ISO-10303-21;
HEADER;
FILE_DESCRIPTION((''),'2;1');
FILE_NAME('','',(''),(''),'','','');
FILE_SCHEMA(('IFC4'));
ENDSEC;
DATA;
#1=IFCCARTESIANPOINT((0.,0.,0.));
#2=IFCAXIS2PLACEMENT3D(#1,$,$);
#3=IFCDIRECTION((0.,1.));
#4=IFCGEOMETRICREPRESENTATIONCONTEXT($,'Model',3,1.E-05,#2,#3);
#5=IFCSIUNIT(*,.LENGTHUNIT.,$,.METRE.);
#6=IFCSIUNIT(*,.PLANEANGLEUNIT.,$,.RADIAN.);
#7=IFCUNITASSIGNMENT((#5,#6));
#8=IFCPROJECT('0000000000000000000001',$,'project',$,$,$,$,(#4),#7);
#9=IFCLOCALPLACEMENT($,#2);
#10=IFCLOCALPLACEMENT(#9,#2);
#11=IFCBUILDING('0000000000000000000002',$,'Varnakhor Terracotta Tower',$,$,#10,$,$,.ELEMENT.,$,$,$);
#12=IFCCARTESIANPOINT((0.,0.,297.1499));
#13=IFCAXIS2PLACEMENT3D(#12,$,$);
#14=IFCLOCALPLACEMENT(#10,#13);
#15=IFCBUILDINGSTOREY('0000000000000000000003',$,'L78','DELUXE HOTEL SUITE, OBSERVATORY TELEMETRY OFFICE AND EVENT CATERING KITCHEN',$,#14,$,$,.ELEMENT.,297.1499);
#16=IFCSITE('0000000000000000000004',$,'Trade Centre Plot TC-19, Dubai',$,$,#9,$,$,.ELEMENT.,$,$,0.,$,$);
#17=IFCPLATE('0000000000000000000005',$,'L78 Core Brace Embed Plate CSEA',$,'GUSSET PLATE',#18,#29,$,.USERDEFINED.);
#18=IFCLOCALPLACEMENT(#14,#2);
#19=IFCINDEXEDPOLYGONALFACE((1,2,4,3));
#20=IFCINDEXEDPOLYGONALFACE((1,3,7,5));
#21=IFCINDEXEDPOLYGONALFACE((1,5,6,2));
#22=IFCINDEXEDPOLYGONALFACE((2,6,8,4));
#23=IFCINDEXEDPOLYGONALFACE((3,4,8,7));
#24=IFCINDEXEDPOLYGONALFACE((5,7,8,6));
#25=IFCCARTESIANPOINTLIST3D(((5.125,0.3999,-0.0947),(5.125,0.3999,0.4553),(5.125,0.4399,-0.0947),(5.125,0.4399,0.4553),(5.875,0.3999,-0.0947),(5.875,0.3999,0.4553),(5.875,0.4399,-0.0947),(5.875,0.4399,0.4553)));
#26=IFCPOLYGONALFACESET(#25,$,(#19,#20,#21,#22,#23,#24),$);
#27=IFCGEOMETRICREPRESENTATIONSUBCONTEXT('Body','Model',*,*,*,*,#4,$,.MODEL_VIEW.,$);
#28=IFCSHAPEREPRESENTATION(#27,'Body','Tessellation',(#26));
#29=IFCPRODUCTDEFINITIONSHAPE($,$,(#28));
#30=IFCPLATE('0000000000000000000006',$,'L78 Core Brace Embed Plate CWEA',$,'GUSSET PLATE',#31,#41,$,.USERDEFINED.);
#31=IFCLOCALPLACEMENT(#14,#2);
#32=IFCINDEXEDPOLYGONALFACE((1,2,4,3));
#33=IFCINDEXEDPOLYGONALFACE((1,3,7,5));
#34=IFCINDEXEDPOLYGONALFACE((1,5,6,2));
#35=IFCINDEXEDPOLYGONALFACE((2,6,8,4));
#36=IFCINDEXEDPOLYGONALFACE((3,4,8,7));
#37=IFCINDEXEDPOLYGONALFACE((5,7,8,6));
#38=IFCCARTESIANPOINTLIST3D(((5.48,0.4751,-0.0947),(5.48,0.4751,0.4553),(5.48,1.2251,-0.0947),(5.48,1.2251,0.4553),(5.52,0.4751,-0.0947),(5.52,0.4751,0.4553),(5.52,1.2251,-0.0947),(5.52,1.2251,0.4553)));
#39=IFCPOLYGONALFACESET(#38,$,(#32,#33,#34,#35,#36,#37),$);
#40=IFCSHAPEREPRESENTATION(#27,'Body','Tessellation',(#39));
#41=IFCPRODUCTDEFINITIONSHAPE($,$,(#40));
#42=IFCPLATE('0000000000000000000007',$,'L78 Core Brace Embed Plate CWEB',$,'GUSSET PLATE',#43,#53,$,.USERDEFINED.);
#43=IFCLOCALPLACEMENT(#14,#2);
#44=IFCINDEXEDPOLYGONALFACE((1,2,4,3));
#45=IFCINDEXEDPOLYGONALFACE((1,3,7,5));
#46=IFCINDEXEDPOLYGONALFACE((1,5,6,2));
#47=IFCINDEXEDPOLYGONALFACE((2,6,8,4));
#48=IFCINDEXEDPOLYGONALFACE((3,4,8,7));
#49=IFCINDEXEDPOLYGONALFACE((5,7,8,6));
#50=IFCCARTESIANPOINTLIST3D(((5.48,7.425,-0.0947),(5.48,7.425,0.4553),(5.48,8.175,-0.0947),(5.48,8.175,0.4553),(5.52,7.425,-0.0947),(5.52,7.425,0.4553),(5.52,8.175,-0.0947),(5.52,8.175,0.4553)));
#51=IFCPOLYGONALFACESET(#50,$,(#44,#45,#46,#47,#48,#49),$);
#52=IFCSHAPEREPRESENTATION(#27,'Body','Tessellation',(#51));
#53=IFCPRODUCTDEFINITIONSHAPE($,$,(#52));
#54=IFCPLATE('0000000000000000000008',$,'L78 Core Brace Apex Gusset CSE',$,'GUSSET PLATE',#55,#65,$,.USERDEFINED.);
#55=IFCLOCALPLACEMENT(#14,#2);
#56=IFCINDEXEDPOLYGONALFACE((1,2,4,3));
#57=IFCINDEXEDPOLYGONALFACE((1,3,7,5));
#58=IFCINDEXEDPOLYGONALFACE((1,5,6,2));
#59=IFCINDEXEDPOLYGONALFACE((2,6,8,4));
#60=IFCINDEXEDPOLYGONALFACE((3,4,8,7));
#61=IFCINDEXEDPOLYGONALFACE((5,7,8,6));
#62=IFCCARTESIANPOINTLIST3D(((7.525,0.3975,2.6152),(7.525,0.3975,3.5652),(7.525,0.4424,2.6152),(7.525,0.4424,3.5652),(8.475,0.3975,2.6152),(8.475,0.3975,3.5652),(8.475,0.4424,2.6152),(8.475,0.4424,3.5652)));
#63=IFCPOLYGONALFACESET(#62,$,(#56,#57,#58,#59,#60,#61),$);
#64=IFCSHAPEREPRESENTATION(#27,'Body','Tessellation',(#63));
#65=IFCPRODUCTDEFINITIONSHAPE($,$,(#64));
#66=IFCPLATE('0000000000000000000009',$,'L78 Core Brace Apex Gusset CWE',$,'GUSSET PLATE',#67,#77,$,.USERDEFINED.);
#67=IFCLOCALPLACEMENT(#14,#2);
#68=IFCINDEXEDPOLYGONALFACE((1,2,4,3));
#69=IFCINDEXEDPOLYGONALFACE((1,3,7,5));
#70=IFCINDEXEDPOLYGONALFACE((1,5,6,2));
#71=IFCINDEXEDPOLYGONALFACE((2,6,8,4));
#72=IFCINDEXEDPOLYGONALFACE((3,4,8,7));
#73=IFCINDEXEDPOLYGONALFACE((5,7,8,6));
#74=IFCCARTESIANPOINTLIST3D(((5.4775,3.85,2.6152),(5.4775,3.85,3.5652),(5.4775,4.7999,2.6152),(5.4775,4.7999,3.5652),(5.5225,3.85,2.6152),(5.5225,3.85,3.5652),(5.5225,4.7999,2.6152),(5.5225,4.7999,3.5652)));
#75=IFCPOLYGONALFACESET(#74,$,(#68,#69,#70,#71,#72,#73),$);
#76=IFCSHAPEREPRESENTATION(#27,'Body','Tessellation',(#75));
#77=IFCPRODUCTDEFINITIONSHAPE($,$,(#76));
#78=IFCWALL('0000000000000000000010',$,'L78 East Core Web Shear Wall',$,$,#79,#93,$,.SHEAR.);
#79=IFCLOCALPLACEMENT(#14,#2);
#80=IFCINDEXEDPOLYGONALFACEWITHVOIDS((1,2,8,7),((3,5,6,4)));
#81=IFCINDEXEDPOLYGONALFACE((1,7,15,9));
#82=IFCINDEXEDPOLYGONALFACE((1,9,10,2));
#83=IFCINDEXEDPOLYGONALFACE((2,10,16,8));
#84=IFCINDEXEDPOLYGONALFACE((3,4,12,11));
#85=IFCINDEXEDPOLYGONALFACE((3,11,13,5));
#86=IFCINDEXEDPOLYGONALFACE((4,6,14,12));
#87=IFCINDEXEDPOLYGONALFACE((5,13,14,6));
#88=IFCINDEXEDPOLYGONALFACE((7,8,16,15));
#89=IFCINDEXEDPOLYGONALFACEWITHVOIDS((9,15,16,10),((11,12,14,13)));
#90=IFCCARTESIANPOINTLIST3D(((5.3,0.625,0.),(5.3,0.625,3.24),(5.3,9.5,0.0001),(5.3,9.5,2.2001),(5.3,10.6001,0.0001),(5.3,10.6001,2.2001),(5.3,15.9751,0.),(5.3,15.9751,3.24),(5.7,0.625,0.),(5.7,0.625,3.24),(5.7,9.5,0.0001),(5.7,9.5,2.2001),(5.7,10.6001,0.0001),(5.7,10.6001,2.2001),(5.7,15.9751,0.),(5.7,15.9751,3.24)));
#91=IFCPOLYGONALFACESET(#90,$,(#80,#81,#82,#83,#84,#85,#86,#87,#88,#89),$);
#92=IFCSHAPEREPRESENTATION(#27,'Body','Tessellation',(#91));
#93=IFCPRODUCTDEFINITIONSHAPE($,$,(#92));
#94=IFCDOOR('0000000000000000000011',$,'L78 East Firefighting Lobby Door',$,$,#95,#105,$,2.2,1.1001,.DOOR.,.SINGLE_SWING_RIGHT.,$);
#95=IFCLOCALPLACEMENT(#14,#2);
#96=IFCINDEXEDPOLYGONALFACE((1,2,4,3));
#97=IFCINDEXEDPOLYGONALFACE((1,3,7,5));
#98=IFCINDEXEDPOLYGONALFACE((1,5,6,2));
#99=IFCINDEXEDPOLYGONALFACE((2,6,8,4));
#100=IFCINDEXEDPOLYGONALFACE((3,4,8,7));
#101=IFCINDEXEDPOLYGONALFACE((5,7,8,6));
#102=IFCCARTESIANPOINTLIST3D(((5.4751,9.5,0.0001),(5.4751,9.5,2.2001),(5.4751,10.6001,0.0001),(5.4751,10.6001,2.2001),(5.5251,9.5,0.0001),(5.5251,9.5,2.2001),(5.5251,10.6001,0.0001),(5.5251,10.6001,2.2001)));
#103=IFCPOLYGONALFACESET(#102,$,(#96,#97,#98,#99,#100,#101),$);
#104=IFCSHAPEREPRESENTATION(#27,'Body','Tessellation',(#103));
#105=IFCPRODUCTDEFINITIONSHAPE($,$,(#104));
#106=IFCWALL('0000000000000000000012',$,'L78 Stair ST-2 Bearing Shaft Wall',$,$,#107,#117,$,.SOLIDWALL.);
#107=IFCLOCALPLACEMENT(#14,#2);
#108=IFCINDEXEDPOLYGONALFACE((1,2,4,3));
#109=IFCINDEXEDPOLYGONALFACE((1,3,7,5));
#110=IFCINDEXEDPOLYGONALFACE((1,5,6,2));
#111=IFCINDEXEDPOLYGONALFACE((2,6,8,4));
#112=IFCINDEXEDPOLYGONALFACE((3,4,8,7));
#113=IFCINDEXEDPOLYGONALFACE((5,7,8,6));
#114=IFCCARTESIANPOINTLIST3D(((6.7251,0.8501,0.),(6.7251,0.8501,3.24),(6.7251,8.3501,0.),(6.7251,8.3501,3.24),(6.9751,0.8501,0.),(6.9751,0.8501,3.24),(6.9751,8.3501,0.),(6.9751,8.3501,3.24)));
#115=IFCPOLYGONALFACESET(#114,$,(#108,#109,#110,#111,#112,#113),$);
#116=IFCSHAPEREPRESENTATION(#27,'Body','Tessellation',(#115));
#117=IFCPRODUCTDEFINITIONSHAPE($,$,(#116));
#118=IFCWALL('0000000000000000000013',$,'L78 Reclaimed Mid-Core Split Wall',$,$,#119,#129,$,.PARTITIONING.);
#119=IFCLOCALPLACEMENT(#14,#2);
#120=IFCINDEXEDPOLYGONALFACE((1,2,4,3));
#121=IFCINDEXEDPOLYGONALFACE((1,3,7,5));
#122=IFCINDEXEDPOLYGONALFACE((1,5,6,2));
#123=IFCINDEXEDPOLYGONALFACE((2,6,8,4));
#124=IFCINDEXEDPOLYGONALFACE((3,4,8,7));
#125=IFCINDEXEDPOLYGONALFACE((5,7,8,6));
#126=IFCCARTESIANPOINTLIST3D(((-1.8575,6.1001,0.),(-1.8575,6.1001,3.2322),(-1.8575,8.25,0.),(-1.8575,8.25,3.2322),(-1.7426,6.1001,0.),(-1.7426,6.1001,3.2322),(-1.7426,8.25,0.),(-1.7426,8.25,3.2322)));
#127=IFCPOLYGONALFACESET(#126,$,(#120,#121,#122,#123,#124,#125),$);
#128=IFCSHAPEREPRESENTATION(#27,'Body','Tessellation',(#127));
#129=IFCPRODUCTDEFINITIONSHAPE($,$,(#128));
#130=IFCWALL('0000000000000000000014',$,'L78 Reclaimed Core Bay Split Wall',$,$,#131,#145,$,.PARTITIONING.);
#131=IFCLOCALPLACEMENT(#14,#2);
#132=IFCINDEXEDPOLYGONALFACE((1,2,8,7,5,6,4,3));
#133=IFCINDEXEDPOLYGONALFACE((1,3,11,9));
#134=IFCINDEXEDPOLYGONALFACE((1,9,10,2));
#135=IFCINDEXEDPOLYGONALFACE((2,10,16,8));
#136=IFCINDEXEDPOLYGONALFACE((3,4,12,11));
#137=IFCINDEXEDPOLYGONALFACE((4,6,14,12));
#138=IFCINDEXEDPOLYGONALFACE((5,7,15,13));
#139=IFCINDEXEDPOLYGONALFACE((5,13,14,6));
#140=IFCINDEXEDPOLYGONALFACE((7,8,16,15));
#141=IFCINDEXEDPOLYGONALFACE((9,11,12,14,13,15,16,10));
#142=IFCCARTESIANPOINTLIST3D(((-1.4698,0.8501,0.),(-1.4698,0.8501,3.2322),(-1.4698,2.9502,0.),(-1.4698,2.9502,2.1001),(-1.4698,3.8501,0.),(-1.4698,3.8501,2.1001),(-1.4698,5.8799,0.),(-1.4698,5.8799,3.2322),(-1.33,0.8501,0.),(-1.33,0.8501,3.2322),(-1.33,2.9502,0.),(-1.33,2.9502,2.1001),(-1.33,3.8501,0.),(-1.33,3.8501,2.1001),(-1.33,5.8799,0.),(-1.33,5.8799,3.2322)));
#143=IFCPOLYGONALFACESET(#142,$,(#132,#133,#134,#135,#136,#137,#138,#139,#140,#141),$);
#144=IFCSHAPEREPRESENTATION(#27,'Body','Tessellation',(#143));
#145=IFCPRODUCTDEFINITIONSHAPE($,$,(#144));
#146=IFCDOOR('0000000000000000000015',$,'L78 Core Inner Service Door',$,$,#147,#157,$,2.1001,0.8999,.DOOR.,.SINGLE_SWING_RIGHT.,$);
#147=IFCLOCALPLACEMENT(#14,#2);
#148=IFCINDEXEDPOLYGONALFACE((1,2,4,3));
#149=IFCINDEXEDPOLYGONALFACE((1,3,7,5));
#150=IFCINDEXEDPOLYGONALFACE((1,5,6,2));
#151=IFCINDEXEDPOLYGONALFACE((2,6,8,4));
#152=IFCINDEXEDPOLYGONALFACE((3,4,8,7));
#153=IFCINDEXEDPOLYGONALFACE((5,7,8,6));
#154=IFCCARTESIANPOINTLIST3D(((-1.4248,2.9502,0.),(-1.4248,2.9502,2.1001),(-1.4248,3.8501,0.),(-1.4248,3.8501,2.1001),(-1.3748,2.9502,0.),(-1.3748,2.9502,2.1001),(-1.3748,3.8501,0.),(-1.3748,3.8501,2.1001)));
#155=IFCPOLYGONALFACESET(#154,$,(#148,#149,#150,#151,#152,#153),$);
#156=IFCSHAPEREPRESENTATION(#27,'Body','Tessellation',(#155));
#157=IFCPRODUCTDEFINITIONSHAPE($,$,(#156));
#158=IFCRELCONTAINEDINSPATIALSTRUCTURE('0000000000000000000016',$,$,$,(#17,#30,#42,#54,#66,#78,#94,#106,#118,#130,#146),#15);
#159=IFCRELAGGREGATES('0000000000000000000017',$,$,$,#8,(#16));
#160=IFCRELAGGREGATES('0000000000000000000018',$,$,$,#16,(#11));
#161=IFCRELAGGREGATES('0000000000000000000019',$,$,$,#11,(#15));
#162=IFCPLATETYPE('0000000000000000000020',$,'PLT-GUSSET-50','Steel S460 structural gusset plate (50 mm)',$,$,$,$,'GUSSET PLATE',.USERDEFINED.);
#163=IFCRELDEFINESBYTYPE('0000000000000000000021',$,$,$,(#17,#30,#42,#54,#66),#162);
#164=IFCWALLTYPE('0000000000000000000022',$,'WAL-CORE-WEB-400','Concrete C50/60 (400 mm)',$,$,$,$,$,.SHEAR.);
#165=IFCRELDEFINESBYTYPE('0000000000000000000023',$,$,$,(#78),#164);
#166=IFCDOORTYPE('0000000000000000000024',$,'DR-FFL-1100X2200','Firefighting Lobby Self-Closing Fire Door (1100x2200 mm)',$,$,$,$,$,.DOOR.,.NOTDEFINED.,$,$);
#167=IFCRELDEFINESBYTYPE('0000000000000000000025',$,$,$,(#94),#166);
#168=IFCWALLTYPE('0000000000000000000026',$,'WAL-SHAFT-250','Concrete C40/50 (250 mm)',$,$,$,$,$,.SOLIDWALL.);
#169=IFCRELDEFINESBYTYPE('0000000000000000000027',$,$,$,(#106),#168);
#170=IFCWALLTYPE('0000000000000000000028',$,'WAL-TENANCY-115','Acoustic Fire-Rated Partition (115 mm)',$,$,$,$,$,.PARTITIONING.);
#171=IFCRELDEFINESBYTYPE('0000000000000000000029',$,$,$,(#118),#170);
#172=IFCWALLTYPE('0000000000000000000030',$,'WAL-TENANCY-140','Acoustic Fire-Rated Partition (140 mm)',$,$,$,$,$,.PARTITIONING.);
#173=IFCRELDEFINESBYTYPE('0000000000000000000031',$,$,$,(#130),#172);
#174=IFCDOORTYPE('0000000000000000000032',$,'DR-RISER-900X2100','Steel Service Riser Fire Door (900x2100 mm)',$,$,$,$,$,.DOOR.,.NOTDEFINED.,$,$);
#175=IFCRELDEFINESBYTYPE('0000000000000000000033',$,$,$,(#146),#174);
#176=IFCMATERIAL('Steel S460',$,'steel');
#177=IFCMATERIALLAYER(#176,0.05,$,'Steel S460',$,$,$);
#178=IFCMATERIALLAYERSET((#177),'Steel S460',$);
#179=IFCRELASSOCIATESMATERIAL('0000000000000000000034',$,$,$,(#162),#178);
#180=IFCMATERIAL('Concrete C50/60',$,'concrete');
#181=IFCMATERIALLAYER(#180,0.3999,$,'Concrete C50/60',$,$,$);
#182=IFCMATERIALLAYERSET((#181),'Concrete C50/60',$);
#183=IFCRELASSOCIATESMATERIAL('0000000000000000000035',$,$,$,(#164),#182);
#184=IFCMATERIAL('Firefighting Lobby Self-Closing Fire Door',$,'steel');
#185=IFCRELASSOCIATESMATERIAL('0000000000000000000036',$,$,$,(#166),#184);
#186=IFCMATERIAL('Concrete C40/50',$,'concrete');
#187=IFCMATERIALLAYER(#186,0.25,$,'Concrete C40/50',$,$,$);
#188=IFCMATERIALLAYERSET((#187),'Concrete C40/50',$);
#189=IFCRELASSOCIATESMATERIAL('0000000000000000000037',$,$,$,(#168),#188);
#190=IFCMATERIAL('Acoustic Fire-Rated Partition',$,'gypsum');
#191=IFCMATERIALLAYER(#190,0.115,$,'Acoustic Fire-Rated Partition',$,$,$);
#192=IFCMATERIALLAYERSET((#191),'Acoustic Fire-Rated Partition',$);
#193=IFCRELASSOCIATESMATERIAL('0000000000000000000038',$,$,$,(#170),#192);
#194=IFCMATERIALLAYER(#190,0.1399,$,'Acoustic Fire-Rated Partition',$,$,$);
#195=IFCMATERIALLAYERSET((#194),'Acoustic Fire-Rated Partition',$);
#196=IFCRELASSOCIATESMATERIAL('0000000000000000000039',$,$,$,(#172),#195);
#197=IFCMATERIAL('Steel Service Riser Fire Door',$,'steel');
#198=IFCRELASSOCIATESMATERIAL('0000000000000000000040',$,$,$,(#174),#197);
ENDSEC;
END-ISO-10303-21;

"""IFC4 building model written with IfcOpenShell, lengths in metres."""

from ifc_helpers import new_model, si_unit, direction, frame, frame_2d, origin, origin_2d, place, context, subcontext, project, spatial, rectangle, extrude, source, transform, mapped, material, layer, layer_set, type_object, type_shapes, element, fill, save


model = new_model("IFC4")

# Units and contexts
model_context = context("Model", 3, precision=1e-05, world=origin(), true_north=direction((0.0, 1.0)))
body_context = subcontext(model_context, "Body", "Model", "MODEL_VIEW")
ifc_project = project(units=[si_unit("LENGTHUNIT", "METRE"), si_unit("PLANEANGLEUNIT", "RADIAN")], contexts=[model_context])

# Site, building, storey
site_placement = place(None, origin())
site = spatial("IfcSite", under=ifc_project, at=site_placement, Name="Trade Centre Plot TC-19, Dubai", CompositionType="ELEMENT", RefElevation=0.0)
building_placement = place(site_placement, origin())
building = spatial("IfcBuilding", under=site, at=building_placement, Name="Varnakhor Terracotta Tower", CompositionType="ELEMENT")
storey_placement = place(building_placement, frame((0.0, 0.0, 297.1499)))
storey = spatial("IfcBuildingStorey", under=building, at=storey_placement, Name="L78", Description="DELUXE HOTEL SUITE, OBSERVATORY TELEMETRY OFFICE AND EVENT CATERING KITCHEN", CompositionType="ELEMENT", Elevation=297.1499)

# Shared definitions
ifc_material_1 = material(Name="Concrete C50/60", Category="concrete")

# Shared definitions
ifc_material_2 = material(Name="Concrete C40/50", Category="concrete")

# Plates
ifc_material_3 = material(Name="Steel S460", Category="steel")
ifc_layer_1 = layer(ifc_material_3, 0.05, Name="Steel S460")
ifc_layer_set_1 = layer_set([ifc_layer_1], Name="Steel S460")
plate_type = type_object("IfcPlateType", Name="PLT-GUSSET-50", Description="Steel S460 structural gusset plate (50 mm)", ElementType="GUSSET PLATE", PredefinedType="USERDEFINED", material=ifc_layer_set_1)
shared_shape_1 = source(origin(), body_context, "Body", "SweptSolid", [
    extrude(rectangle(XDim=0.75, YDim=0.04, at=origin_2d()), origin(), (0.0, 0.0, 1.0), 0.55),
])
type_shapes(plate_type, [shared_shape_1])
for number, where, z_axis, x_axis, name in (
    (1, (5.5, 0.4199, -0.0947), (0.0, 0.0, 1.0), (1.0, 0.0, 0.0), "L78 Core Brace Embed Plate CSEA"),
    (2, (5.5, 0.8501, -0.0947), (0.0, 0.0, 1.0), (0.0, 1.0, 0.0), "L78 Core Brace Embed Plate CWEA"),
    (3, (5.5, 7.8, -0.0947), (0.0, 0.0, 1.0), (0.0, 1.0, 0.0), "L78 Core Brace Embed Plate CWEB"),
):
    element("IfcPlate", number, at=place(storey_placement, frame(where, z_axis=z_axis, x_axis=x_axis)), inside=storey, type_object=plate_type, Name=name, ObjectType="GUSSET PLATE", PredefinedType="USERDEFINED", context=body_context, shape_type="MappedRepresentation", body=[
        mapped(shared_shape_1, transform((0.0, 0.0, 0.0), scale=1.0)),
    ])
shared_shape_2 = source(origin(), body_context, "Body", "SweptSolid", [
    extrude(rectangle(XDim=0.95, YDim=0.0449, at=origin_2d()), origin(), (0.0, 0.0, 1.0), 0.95),
])
for number, where, z_axis, x_axis, name in (
    (4, (8.0, 0.4199, 2.6152), (0.0, 0.0, 1.0), (1.0, 0.0, 0.0), "L78 Core Brace Apex Gusset CSE"),
    (5, (5.5, 4.325, 2.6152), (0.0, 0.0, 1.0), (0.0, 1.0, 0.0), "L78 Core Brace Apex Gusset CWE"),
):
    element("IfcPlate", number, at=place(storey_placement, frame(where, z_axis=z_axis, x_axis=x_axis)), inside=storey, type_object=plate_type, Name=name, ObjectType="GUSSET PLATE", PredefinedType="USERDEFINED", context=body_context, shape_type="MappedRepresentation", body=[
        mapped(shared_shape_2, transform((0.0, 0.0, 0.0), scale=1.0)),
    ])

# Wall, opening, door
ifc_layer_2 = layer(ifc_material_1, 0.3999, Name="Concrete C50/60")
ifc_layer_set_2 = layer_set([ifc_layer_2], Name="Concrete C50/60")
wall_type_1 = type_object("IfcWallType", Name="WAL-CORE-WEB-400", Description="Concrete C50/60 (400 mm)", PredefinedType="SHEAR", material=ifc_layer_set_2)
wall_1_placement = place(storey_placement, frame((5.5, 0.625, 0.0), z_axis=(0.0, 0.0, 1.0), x_axis=(0.0, 1.0, 0.0)))
wall_1 = element("IfcWall", 6, at=wall_1_placement, inside=storey, type_object=wall_type_1, Name="L78 East Core Web Shear Wall", PredefinedType="SHEAR", context=body_context, shape_type="SweptSolid", body=[
    extrude(rectangle(XDim=15.3501, YDim=0.3999, at=frame_2d((7.675, 0.0))), origin(), (0.0, 0.0, 1.0), 3.24),
])
opening_1_placement = place(wall_1_placement, frame((8.875, 0.0, 0.0)))
opening_1 = element("IfcOpeningElement", 7, at=opening_1_placement, cuts=wall_1, PredefinedType="OPENING", context=body_context, shape_type="SweptSolid", body=[
    extrude(rectangle(XDim=1.1001, YDim=2.2, at=frame_2d((0.55, 1.1001))), frame((0.0, 0.21, 0.0), z_axis=(0.0, -1.0, 0.0), x_axis=(1.0, 0.0, 0.0)), (0.0, 0.0, 1.0), 0.4199),
])
ifc_material_4 = material(Name="Firefighting Lobby Self-Closing Fire Door", Category="steel")
door_type_1 = type_object("IfcDoorType", Name="DR-FFL-1100X2200", Description="Firefighting Lobby Self-Closing Fire Door (1100x2200 mm)", OperationType="NOTDEFINED", PredefinedType="DOOR", material=ifc_material_4)
shared_shape_3 = source(origin(), body_context, "Body", "SweptSolid", [
    extrude(rectangle(XDim=1.1001, YDim=2.2, at=frame_2d((0.55, 1.1001))), frame((0.0, 0.0249, 0.0), z_axis=(0.0, -1.0, 0.0), x_axis=(1.0, 0.0, 0.0)), (0.0, 0.0, 1.0), 0.05),
])
type_shapes(door_type_1, [shared_shape_3])
door_1_placement = place(opening_1_placement, origin())
door_1 = element("IfcDoor", 8, at=door_1_placement, inside=storey, type_object=door_type_1, Name="L78 East Firefighting Lobby Door", OperationType="SINGLE_SWING_RIGHT", OverallHeight=2.2, OverallWidth=1.1001, PredefinedType="DOOR", context=body_context, shape_type="MappedRepresentation", body=[
    mapped(shared_shape_3, transform((0.0, 0.0, 0.0), scale=1.0)),
])
fill(opening_1, door_1)

# Walls
ifc_layer_3 = layer(ifc_material_2, 0.25, Name="Concrete C40/50")
ifc_layer_set_3 = layer_set([ifc_layer_3], Name="Concrete C40/50")
wall_type_2 = type_object("IfcWallType", Name="WAL-SHAFT-250", Description="Concrete C40/50 (250 mm)", PredefinedType="SOLIDWALL", material=ifc_layer_set_3)
wall_2_placement = place(storey_placement, frame((6.8501, 0.8501, 0.0), z_axis=(0.0, 0.0, 1.0), x_axis=(0.0, 1.0, 0.0)))
element("IfcWall", 9, at=wall_2_placement, inside=storey, type_object=wall_type_2, Name="L78 Stair ST-2 Bearing Shaft Wall", PredefinedType="SOLIDWALL", context=body_context, shape_type="SweptSolid", body=[
    extrude(rectangle(XDim=7.5, YDim=0.25, at=frame_2d((3.75, 0.0))), origin(), (0.0, 0.0, 1.0), 3.24),
])
ifc_material_5 = material(Name="Acoustic Fire-Rated Partition", Category="gypsum")
ifc_layer_4 = layer(ifc_material_5, 0.115, Name="Acoustic Fire-Rated Partition")
ifc_layer_set_4 = layer_set([ifc_layer_4], Name="Acoustic Fire-Rated Partition")
wall_type_3 = type_object("IfcWallType", Name="WAL-TENANCY-115", Description="Acoustic Fire-Rated Partition (115 mm)", PredefinedType="PARTITIONING", material=ifc_layer_set_4)
wall_3_placement = place(storey_placement, frame((-1.8, 6.1001, 0.0), z_axis=(0.0, 0.0, 1.0), x_axis=(0.0, 1.0, 0.0)))
element("IfcWall", 10, at=wall_3_placement, inside=storey, type_object=wall_type_3, Name="L78 Reclaimed Mid-Core Split Wall", PredefinedType="PARTITIONING", context=body_context, shape_type="SweptSolid", body=[
    extrude(rectangle(XDim=2.1499, YDim=0.115, at=frame_2d((1.075, 0.0))), origin(), (0.0, 0.0, 1.0), 3.2322),
])

# Wall, opening, door
ifc_layer_5 = layer(ifc_material_5, 0.1399, Name="Acoustic Fire-Rated Partition")
ifc_layer_set_5 = layer_set([ifc_layer_5], Name="Acoustic Fire-Rated Partition")
wall_type_4 = type_object("IfcWallType", Name="WAL-TENANCY-140", Description="Acoustic Fire-Rated Partition (140 mm)", PredefinedType="PARTITIONING", material=ifc_layer_set_5)
wall_4_placement = place(storey_placement, frame((-1.3999, 0.8501, 0.0), z_axis=(0.0, 0.0, 1.0), x_axis=(0.0, 1.0, 0.0)))
wall_4 = element("IfcWall", 11, at=wall_4_placement, inside=storey, type_object=wall_type_4, Name="L78 Reclaimed Core Bay Split Wall", PredefinedType="PARTITIONING", context=body_context, shape_type="SweptSolid", body=[
    extrude(rectangle(XDim=5.0298, YDim=0.1399, at=frame_2d((2.5149, 0.0))), origin(), (0.0, 0.0, 1.0), 3.2322),
])
opening_2_placement = place(wall_4_placement, frame((2.1001, 0.0, 0.0)))
opening_2 = element("IfcOpeningElement", 12, at=opening_2_placement, cuts=wall_4, PredefinedType="OPENING", context=body_context, shape_type="SweptSolid", body=[
    extrude(rectangle(XDim=0.8999, YDim=2.1001, at=frame_2d((0.45, 1.05))), frame((0.0, 0.0801, 0.0), z_axis=(0.0, -1.0, 0.0), x_axis=(1.0, 0.0, 0.0)), (0.0, 0.0, 1.0), 0.1599),
])
ifc_material_6 = material(Name="Steel Service Riser Fire Door", Category="steel")
door_type_2 = type_object("IfcDoorType", Name="DR-RISER-900X2100", Description="Steel Service Riser Fire Door (900x2100 mm)", OperationType="NOTDEFINED", PredefinedType="DOOR", material=ifc_material_6)
shared_shape_4 = source(origin(), body_context, "Body", "SweptSolid", [
    extrude(rectangle(XDim=0.8999, YDim=2.1001, at=frame_2d((0.45, 1.05))), frame((0.0, 0.0249, 0.0), z_axis=(0.0, -1.0, 0.0), x_axis=(1.0, 0.0, 0.0)), (0.0, 0.0, 1.0), 0.05),
])
type_shapes(door_type_2, [shared_shape_4])
door_2_placement = place(opening_2_placement, origin())
door_2 = element("IfcDoor", 13, at=door_2_placement, inside=storey, type_object=door_type_2, Name="L78 Core Inner Service Door", OperationType="SINGLE_SWING_RIGHT", OverallHeight=2.1001, OverallWidth=0.8999, PredefinedType="DOOR", context=body_context, shape_type="MappedRepresentation", body=[
    mapped(shared_shape_4, transform((0.0, 0.0, 0.0), scale=1.0)),
])
fill(opening_2, door_2)

save(model, "model.ifc")
